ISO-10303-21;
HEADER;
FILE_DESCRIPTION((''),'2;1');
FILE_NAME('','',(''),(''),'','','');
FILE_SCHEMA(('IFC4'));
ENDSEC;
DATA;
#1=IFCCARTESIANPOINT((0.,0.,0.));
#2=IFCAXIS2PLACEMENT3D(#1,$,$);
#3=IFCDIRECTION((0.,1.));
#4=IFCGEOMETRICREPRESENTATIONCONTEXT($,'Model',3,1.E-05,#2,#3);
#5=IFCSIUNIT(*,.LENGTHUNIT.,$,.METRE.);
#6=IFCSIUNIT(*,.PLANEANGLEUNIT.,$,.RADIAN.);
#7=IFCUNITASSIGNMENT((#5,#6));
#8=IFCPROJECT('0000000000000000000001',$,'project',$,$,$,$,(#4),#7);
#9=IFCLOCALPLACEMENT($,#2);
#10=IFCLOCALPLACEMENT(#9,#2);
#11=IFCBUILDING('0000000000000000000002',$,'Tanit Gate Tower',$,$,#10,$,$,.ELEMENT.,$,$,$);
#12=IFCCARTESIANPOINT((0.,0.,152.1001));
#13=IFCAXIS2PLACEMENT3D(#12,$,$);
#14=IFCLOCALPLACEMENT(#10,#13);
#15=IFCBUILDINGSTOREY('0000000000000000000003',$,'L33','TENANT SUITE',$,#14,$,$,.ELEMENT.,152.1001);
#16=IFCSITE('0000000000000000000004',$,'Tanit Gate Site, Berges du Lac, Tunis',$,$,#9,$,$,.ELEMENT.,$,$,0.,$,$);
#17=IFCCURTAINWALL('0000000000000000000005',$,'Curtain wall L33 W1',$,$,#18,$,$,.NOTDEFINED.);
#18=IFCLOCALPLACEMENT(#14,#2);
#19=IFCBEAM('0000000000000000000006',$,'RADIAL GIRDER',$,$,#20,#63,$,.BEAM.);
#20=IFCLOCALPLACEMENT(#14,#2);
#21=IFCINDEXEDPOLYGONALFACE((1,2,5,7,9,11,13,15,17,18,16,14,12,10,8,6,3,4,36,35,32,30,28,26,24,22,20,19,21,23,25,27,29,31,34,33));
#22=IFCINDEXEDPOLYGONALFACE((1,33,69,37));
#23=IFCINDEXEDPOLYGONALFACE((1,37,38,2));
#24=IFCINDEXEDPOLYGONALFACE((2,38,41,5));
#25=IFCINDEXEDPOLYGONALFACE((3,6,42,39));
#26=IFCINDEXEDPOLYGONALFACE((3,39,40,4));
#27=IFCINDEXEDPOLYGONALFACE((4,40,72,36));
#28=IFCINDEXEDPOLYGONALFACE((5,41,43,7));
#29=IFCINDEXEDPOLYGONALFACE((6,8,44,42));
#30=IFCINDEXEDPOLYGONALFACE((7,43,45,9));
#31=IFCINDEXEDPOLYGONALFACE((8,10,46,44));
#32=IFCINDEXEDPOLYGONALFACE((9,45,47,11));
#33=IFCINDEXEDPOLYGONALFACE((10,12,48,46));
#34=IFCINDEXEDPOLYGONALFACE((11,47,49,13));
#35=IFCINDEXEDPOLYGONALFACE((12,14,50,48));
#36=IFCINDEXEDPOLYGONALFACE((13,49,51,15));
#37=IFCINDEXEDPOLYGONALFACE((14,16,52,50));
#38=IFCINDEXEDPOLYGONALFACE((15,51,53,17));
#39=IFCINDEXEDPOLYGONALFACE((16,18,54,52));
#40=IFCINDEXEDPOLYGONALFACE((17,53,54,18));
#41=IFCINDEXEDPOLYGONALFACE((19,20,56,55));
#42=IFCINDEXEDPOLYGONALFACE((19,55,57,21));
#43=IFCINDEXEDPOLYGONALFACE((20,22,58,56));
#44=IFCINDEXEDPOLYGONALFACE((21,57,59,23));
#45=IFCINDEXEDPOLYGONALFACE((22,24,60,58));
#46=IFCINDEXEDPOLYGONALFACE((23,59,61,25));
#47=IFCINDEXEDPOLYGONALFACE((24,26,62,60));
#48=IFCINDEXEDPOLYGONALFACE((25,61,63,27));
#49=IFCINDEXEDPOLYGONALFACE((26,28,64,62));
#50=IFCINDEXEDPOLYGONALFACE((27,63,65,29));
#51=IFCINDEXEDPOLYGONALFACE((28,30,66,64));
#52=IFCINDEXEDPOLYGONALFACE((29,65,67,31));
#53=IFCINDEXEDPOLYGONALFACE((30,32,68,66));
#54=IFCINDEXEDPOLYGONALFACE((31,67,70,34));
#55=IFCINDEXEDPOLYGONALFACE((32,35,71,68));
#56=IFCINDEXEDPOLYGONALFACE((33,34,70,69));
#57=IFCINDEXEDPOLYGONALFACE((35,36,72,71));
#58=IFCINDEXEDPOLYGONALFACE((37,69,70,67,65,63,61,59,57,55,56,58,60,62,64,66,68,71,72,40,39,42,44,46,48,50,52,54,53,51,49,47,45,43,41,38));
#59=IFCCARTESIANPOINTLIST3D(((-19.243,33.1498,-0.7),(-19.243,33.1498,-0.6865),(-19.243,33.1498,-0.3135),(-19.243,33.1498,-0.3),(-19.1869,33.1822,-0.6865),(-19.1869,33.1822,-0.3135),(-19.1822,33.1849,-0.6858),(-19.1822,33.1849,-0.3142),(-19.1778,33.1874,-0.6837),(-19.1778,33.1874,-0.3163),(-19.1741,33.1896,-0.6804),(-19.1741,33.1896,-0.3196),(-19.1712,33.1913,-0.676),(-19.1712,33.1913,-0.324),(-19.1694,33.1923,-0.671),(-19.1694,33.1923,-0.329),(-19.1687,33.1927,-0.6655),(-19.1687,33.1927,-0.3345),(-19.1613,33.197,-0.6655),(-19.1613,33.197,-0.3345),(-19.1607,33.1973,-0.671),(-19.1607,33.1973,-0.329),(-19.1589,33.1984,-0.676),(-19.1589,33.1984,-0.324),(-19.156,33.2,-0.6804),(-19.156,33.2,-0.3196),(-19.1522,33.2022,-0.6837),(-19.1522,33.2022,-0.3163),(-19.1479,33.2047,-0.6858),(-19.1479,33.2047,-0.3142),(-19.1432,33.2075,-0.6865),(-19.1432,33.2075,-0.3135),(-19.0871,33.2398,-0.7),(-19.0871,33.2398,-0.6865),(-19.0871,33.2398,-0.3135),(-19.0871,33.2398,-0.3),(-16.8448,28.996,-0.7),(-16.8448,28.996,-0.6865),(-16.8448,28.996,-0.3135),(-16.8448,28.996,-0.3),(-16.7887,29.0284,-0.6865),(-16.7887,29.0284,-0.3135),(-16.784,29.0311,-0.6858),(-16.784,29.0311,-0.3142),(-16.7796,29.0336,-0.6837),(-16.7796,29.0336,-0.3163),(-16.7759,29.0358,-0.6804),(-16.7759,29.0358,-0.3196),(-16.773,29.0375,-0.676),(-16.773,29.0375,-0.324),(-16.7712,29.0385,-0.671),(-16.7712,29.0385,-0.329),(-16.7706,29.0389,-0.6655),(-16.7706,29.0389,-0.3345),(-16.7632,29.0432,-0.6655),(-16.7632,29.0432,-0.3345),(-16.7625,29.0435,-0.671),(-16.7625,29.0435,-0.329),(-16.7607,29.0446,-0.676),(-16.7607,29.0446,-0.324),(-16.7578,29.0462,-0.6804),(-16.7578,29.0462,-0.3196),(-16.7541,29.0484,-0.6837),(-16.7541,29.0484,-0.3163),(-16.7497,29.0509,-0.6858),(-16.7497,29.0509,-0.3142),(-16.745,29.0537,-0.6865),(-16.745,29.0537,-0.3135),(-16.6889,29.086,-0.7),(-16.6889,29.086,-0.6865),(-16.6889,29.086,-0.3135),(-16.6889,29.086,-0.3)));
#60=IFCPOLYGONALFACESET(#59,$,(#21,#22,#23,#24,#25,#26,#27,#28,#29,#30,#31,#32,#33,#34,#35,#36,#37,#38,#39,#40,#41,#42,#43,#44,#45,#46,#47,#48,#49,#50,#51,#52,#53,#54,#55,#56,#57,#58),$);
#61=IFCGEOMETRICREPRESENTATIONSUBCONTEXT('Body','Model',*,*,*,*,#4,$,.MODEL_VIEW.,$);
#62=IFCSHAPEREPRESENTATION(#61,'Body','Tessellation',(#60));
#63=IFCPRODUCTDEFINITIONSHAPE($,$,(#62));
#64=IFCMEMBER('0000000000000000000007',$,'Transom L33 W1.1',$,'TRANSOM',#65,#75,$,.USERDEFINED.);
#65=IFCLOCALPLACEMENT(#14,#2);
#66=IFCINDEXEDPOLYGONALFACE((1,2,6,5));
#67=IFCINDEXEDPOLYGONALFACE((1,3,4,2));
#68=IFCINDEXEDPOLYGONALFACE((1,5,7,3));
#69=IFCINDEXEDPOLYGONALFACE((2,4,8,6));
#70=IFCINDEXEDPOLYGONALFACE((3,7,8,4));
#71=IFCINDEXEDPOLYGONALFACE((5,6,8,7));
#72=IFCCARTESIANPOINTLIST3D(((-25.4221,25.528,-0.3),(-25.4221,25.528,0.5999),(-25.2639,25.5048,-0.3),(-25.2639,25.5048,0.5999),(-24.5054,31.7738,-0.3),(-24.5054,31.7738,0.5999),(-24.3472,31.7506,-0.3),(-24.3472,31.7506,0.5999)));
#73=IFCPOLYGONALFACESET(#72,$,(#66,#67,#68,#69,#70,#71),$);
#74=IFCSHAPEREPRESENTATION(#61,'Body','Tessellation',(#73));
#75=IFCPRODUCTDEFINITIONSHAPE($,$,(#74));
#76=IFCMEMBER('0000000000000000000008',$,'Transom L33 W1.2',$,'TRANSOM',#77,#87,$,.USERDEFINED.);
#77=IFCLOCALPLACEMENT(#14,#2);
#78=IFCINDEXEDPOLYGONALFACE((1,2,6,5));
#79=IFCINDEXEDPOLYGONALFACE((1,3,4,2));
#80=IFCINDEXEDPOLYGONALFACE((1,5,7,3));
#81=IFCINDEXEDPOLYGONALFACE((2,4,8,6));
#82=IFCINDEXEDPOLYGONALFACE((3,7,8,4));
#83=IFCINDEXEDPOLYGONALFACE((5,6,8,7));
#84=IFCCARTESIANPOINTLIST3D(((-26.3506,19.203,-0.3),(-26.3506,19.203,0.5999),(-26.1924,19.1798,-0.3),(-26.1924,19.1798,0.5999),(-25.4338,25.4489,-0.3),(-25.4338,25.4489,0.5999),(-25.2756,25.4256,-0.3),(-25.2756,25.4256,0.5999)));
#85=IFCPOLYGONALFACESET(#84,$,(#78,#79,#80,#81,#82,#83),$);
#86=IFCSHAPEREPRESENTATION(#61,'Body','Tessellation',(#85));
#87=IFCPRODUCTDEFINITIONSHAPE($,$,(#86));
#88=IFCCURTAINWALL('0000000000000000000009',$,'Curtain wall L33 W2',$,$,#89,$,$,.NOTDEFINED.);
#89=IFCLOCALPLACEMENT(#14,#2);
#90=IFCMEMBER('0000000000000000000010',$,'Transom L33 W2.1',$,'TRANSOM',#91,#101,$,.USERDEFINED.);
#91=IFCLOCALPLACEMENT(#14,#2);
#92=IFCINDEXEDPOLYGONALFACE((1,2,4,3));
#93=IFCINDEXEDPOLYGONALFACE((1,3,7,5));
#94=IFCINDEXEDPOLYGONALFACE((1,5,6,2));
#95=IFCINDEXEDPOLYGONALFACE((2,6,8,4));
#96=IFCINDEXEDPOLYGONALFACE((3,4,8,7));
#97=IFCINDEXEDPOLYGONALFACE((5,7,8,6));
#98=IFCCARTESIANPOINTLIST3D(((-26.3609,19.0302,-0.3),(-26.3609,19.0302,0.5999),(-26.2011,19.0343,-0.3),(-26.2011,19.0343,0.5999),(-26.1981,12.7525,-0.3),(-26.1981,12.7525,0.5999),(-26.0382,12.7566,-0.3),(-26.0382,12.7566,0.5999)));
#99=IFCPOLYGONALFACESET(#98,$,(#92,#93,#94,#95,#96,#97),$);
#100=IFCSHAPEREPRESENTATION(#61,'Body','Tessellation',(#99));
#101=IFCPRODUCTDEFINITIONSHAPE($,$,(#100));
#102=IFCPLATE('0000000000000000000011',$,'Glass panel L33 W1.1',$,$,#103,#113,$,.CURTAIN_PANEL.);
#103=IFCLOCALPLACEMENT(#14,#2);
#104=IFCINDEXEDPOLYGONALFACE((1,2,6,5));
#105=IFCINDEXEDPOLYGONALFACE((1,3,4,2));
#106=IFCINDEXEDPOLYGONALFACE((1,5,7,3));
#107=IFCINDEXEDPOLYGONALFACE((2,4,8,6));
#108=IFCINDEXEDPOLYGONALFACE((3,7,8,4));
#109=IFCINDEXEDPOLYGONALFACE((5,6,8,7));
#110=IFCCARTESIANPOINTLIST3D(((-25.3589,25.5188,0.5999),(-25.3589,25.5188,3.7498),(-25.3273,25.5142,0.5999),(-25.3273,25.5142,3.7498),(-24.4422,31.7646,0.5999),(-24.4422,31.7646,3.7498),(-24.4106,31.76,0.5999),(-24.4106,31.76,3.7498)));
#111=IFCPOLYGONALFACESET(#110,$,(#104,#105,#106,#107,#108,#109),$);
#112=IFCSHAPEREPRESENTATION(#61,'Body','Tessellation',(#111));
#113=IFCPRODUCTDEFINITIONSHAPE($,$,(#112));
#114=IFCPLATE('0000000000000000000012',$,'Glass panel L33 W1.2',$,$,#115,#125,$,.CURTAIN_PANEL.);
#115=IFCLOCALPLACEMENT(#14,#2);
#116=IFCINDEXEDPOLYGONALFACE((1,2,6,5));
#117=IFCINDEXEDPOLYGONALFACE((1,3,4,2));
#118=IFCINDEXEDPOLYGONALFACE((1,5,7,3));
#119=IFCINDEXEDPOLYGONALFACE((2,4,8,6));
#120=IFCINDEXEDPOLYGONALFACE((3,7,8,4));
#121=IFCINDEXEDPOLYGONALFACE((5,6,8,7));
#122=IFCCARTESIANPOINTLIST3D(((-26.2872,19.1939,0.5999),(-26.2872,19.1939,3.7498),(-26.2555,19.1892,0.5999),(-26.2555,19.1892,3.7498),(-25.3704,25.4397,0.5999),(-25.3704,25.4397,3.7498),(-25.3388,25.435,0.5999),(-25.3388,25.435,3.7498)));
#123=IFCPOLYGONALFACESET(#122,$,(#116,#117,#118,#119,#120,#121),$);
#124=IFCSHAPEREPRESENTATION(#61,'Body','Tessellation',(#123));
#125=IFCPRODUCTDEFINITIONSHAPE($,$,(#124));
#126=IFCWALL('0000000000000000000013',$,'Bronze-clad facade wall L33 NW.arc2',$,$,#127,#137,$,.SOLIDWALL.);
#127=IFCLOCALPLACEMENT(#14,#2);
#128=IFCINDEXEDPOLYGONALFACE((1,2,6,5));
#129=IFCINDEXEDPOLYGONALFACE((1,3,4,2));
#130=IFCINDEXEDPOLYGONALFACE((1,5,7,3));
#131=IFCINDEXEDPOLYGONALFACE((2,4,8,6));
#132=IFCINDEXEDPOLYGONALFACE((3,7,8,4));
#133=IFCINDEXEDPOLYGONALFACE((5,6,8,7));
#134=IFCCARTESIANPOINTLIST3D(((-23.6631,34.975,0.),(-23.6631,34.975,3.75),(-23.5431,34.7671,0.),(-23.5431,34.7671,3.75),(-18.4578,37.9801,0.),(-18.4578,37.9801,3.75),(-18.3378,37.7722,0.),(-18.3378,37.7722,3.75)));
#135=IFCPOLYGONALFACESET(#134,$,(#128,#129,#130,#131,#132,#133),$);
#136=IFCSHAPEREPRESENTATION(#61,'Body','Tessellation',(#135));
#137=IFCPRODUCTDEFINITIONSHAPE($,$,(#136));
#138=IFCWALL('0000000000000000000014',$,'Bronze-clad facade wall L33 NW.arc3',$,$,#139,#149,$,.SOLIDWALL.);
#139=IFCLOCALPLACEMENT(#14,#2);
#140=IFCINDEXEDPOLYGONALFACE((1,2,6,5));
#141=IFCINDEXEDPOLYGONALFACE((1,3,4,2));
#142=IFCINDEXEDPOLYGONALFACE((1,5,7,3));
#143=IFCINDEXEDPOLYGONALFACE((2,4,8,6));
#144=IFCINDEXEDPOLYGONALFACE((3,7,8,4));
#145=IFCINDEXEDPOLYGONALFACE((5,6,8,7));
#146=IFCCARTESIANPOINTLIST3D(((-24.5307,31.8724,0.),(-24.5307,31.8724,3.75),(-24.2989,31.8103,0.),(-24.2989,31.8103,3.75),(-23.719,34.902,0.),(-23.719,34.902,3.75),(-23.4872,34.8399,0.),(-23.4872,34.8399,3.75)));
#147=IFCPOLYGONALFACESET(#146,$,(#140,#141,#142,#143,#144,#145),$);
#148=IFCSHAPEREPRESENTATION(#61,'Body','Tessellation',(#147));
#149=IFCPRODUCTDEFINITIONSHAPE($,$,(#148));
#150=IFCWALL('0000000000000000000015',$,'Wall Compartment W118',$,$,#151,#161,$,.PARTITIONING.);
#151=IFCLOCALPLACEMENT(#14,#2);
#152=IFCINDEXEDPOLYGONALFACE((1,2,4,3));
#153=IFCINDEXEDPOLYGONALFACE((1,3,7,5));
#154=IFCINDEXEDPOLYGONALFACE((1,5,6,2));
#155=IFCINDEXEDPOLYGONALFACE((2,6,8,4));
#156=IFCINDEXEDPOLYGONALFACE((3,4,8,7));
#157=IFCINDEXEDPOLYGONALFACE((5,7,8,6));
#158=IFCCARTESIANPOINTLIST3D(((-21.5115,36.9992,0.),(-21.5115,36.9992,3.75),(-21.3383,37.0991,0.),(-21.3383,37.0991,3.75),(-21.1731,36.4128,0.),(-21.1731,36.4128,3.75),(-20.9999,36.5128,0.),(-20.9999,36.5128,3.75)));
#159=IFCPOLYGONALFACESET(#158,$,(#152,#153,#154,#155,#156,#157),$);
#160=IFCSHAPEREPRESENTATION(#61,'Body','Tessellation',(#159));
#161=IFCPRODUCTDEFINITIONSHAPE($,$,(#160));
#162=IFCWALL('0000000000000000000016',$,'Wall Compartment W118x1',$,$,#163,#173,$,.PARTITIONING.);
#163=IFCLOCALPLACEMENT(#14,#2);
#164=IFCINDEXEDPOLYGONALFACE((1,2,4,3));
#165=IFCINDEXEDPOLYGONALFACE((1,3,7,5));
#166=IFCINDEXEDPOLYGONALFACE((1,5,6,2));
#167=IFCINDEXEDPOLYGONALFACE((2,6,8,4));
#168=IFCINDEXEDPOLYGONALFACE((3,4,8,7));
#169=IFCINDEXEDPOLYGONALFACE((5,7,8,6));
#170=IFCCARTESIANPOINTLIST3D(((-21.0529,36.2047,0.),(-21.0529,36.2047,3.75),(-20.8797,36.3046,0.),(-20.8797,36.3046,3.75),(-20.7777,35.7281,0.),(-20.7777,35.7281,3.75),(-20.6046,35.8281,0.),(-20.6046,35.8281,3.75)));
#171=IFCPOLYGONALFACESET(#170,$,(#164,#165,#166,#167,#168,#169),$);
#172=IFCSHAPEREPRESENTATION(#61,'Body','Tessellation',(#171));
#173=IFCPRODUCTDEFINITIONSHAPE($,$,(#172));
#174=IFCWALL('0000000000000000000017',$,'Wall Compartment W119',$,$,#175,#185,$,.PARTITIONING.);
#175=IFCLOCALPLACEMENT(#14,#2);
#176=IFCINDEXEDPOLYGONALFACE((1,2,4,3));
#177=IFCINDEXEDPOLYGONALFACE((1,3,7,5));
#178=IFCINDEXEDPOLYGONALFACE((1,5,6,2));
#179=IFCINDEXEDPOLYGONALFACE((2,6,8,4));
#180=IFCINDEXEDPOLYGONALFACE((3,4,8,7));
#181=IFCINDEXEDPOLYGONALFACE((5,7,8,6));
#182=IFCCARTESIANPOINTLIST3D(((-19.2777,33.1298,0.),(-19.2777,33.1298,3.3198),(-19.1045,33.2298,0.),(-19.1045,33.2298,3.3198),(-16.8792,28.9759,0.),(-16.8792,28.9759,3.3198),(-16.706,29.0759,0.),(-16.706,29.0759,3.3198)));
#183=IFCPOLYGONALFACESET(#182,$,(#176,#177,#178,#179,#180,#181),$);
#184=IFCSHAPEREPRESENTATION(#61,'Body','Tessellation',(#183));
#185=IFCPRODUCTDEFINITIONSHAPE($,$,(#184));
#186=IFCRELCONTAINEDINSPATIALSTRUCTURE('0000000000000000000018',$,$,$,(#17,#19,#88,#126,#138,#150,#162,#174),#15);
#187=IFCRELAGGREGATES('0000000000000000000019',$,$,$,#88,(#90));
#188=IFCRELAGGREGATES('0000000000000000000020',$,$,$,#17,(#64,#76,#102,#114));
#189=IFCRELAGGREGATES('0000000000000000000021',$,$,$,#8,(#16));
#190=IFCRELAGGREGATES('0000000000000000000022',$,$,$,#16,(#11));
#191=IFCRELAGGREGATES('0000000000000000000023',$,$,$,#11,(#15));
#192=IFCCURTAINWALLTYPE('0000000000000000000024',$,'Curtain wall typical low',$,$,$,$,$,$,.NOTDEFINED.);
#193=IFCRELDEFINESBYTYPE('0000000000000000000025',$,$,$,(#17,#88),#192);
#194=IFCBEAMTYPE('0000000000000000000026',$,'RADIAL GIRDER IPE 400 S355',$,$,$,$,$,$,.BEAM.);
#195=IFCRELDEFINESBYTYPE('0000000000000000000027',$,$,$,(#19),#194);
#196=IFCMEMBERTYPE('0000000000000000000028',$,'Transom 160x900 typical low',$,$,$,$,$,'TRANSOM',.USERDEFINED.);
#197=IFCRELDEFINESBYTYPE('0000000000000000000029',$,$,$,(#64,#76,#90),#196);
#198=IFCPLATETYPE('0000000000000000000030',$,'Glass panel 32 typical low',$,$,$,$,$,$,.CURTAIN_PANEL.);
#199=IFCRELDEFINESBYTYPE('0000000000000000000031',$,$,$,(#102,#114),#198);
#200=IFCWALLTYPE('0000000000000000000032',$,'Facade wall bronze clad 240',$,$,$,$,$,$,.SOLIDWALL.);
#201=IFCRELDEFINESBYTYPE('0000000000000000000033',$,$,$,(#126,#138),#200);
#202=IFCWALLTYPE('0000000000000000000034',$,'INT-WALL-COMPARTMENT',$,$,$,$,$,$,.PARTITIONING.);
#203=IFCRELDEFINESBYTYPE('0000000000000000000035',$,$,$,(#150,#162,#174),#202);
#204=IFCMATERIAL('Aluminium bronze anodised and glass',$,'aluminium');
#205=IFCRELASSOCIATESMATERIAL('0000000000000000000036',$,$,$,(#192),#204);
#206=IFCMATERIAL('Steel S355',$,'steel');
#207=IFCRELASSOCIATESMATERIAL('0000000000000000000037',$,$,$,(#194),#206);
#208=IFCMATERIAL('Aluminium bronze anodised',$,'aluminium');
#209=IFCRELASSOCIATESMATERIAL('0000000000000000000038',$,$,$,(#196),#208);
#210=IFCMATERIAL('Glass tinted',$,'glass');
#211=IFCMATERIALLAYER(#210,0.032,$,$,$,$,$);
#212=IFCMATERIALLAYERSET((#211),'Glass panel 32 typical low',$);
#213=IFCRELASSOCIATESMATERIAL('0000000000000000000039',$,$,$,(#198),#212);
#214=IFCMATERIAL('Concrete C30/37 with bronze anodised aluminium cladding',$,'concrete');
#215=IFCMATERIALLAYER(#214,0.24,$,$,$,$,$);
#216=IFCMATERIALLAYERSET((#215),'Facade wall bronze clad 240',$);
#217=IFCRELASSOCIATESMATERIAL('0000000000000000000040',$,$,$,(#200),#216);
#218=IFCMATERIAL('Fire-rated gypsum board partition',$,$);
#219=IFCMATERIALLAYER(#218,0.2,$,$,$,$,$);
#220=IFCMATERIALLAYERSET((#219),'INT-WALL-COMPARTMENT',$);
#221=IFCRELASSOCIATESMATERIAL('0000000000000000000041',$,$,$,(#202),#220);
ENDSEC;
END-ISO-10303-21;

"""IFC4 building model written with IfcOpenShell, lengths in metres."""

from ifc_helpers import new_model, si_unit, direction, frame, frame_2d, origin, origin_2d, place, context, subcontext, project, spatial, rectangle, i_section, extrude, material, layer, layer_set, material_profile, profile_set, type_object, element, aggregate, save


model = new_model("IFC4")

# Units and contexts
model_context = context("Model", 3, precision=1e-05, world=origin(), true_north=direction((0.0, 1.0)))
body_context = subcontext(model_context, "Body", "Model", "MODEL_VIEW")
ifc_project = project(units=[si_unit("LENGTHUNIT", "METRE"), si_unit("PLANEANGLEUNIT", "RADIAN")], contexts=[model_context])

# Site, building, storey
site_placement = place(None, origin())
site = spatial("IfcSite", under=ifc_project, at=site_placement, Name="Tanit Gate Site, Berges du Lac, Tunis", CompositionType="ELEMENT", RefElevation=0.0)
building_placement = place(site_placement, origin())
building = spatial("IfcBuilding", under=site, at=building_placement, Name="Tanit Gate Tower", CompositionType="ELEMENT")
storey_placement = place(building_placement, frame((0.0, 0.0, 152.1001)))
storey = spatial("IfcBuildingStorey", under=building, at=storey_placement, Name="L33", Description="TENANT SUITE", CompositionType="ELEMENT", Elevation=152.1001)

# Curtain wall
ifc_material_1 = material(Name="Aluminium bronze anodised and glass", Category="aluminium")
curtain_wall_type = type_object("IfcCurtainWallType", Name="Curtain wall typical low", PredefinedType="NOTDEFINED", material=ifc_material_1)
curtain_wall_1_placement = place(storey_placement, origin())
curtain_wall_1 = element("IfcCurtainWall", 1, at=curtain_wall_1_placement, inside=storey, type_object=curtain_wall_type, Name="Curtain wall L33 W1", PredefinedType="NOTDEFINED")

# Beam
ifc_material_2 = material(Name="Steel S355", Category="steel")
ifc_material_profile_1 = material_profile(ifc_material_2, i_section(OverallWidth=0.1799, OverallDepth=0.3999, WebThickness=0.0085, FlangeThickness=0.0134, FilletRadius=0.021, at=origin_2d()), Name="IPE 400")
ifc_profile_set_1 = profile_set([ifc_material_profile_1], Name="Steel S355")
beam_type_1 = type_object("IfcBeamType", Name="RADIAL GIRDER IPE 400 S355", PredefinedType="BEAM", material=ifc_profile_set_1)
beam_1_placement = place(storey_placement, frame((-19.165, 33.1948, -0.5), z_axis=(0.499999, -0.866026, 0.0), x_axis=(0.866026, 0.499999, 0.0)))
element("IfcBeam", 2, at=beam_1_placement, inside=storey, type_object=beam_type_1, Name="RADIAL GIRDER", PredefinedType="BEAM", context=body_context, shape_type="SweptSolid", body=[
    extrude(i_section(OverallWidth=0.1799, OverallDepth=0.3999, WebThickness=0.0085, FlangeThickness=0.0134, FilletRadius=0.021, at=origin_2d()), origin(), (0.0, 0.0, 1.0), 4.7964),
])

# Members
ifc_material_3 = material(Name="Aluminium bronze anodised", Category="aluminium")
ifc_material_profile_2 = material_profile(ifc_material_3, rectangle(XDim=0.1599, YDim=0.8999, at=origin_2d()), Name="160x900 bronze transom")
ifc_profile_set_2 = profile_set([ifc_material_profile_2], Name="Aluminium bronze anodised")
member_type_1 = type_object("IfcMemberType", Name="Transom 160x900 typical low", ElementType="TRANSOM", PredefinedType="USERDEFINED", material=ifc_profile_set_2)
member_1_placement = place(storey_placement, frame((-24.4263, 31.7622, 0.1499), z_axis=(-0.145221, -0.989399, 0.0), x_axis=(0.989399, -0.145221, 0.0)))
member_1 = element("IfcMember", 3, at=member_1_placement, type_object=member_type_1, Name="Transom L33 W1.1", ObjectType="TRANSOM", PredefinedType="USERDEFINED", context=body_context, shape_type="SweptSolid", body=[
    extrude(rectangle(XDim=0.1599, YDim=0.8999, at=origin_2d()), origin(), (0.0, 0.0, 1.0), 6.3127),
])
member_2_placement = place(storey_placement, frame((-25.3547, 25.4373, 0.1499), z_axis=(-0.145221, -0.989399, 0.0), x_axis=(0.989399, -0.145221, 0.0)))
member_2 = element("IfcMember", 4, at=member_2_placement, type_object=member_type_1, Name="Transom L33 W1.2", ObjectType="TRANSOM", PredefinedType="USERDEFINED", context=body_context, shape_type="SweptSolid", body=[
    extrude(rectangle(XDim=0.1599, YDim=0.8999, at=origin_2d()), origin(), (0.0, 0.0, 1.0), 6.3127),
])

# Curtain wall, member
curtain_wall_2_placement = place(storey_placement, origin())
curtain_wall_2 = element("IfcCurtainWall", 5, at=curtain_wall_2_placement, inside=storey, type_object=curtain_wall_type, Name="Curtain wall L33 W2", PredefinedType="NOTDEFINED")
member_3_placement = place(storey_placement, frame((-26.281, 19.0322, 0.1499), z_axis=(0.025931, -0.999664, 0.0), x_axis=(0.999664, 0.025931, 0.0)))
member_3 = element("IfcMember", 6, at=member_3_placement, type_object=member_type_1, Name="Transom L33 W2.1", ObjectType="TRANSOM", PredefinedType="USERDEFINED", context=body_context, shape_type="SweptSolid", body=[
    extrude(rectangle(XDim=0.1599, YDim=0.8999, at=origin_2d()), origin(), (0.0, 0.0, 1.0), 6.2798),
])
aggregate(curtain_wall_2, [member_3])

# Plates
ifc_material_4 = material(Name="Glass tinted", Category="glass")
ifc_layer_1 = layer(ifc_material_4, 0.032)
ifc_layer_set_1 = layer_set([ifc_layer_1], Name="Glass panel 32 typical low")
plate_type = type_object("IfcPlateType", Name="Glass panel 32 typical low", PredefinedType="CURTAIN_PANEL", material=ifc_layer_set_1)
plate_1_placement = place(storey_placement, frame((-24.8848, 28.6394, 0.5999), z_axis=(0.0, 0.0, 1.0), x_axis=(-0.145218, -0.9894, 0.0)))
plate_1 = element("IfcPlate", 7, at=plate_1_placement, type_object=plate_type, Name="Glass panel L33 W1.1", PredefinedType="CURTAIN_PANEL", context=body_context, shape_type="SweptSolid", body=[
    extrude(rectangle(XDim=6.3127, YDim=0.032, at=origin_2d()), origin(), (0.0, 0.0, 1.0), 3.1499),
])
plate_2_placement = place(storey_placement, frame((-25.813, 22.3145, 0.5999), z_axis=(0.0, 0.0, 1.0), x_axis=(-0.145218, -0.9894, 0.0)))
plate_2 = element("IfcPlate", 8, at=plate_2_placement, type_object=plate_type, Name="Glass panel L33 W1.2", PredefinedType="CURTAIN_PANEL", context=body_context, shape_type="SweptSolid", body=[
    extrude(rectangle(XDim=6.3127, YDim=0.032, at=origin_2d()), origin(), (0.0, 0.0, 1.0), 3.1499),
])
aggregate(curtain_wall_1, [member_1, member_2, plate_1, plate_2])

# Walls
ifc_material_5 = material(Name="Concrete C30/37 with bronze anodised aluminium cladding", Category="concrete")
ifc_layer_2 = layer(ifc_material_5, 0.24)
ifc_layer_set_2 = layer_set([ifc_layer_2], Name="Facade wall bronze clad 240")
wall_type_1 = type_object("IfcWallType", Name="Facade wall bronze clad 240", PredefinedType="SOLIDWALL", material=ifc_layer_set_2)
wall_1_placement = place(storey_placement, frame((-18.3977, 37.8762, 0.0), z_axis=(0.0, 0.0, 1.0), x_axis=(-0.866037, -0.499979, 0.0)))
element("IfcWall", 9, at=wall_1_placement, inside=storey, type_object=wall_type_1, Name="Bronze-clad facade wall L33 NW.arc2", PredefinedType="SOLIDWALL", context=body_context, shape_type="SweptSolid", body=[
    extrude(rectangle(XDim=6.0105, YDim=0.24, at=frame_2d((3.0054, 0.0))), origin(), (0.0, 0.0, 1.0), 3.75),
])
wall_2_placement = place(storey_placement, frame((-23.603, 34.8711, 0.0), z_axis=(0.0, 0.0, 1.0), x_axis=(-0.25882, -0.965925, 0.0)))
element("IfcWall", 10, at=wall_2_placement, inside=storey, type_object=wall_type_1, Name="Bronze-clad facade wall L33 NW.arc3", PredefinedType="SOLIDWALL", context=body_context, shape_type="SweptSolid", body=[
    extrude(rectangle(XDim=3.1365, YDim=0.24, at=frame_2d((1.5684, 0.0))), origin(), (0.0, 0.0, 1.0), 3.75),
])
ifc_material_6 = material(Name="Fire-rated gypsum board partition")
ifc_layer_3 = layer(ifc_material_6, 0.2)
ifc_layer_set_3 = layer_set([ifc_layer_3], Name="INT-WALL-COMPARTMENT")
wall_type_2 = type_object("IfcWallType", Name="INT-WALL-COMPARTMENT", PredefinedType="PARTITIONING", material=ifc_layer_set_3)
wall_3_placement = place(storey_placement, frame((-21.4248, 37.0491, 0.0), z_axis=(0.0, 0.0, 1.0), x_axis=(0.499785, -0.86615, 0.0)))
element("IfcWall", 11, at=wall_3_placement, inside=storey, type_object=wall_type_2, Name="Wall Compartment W118", PredefinedType="PARTITIONING", context=body_context, shape_type="SweptSolid", body=[
    extrude(rectangle(XDim=0.677, YDim=0.2, at=frame_2d((0.3384, 0.0))), origin(), (0.0, 0.0, 1.0), 3.75),
])
wall_4_placement = place(storey_placement, frame((-20.9663, 36.2546, 0.0), z_axis=(0.0, 0.0, 1.0), x_axis=(0.500004, -0.866023, 0.0)))
element("IfcWall", 12, at=wall_4_placement, inside=storey, type_object=wall_type_2, Name="Wall Compartment W118x1", PredefinedType="PARTITIONING", context=body_context, shape_type="SweptSolid", body=[
    extrude(rectangle(XDim=0.5503, YDim=0.2, at=frame_2d((0.2751, 0.0))), origin(), (0.0, 0.0, 1.0), 3.75),
])
wall_5_placement = place(storey_placement, frame((-19.1912, 33.1799, 0.0), z_axis=(0.0, 0.0, 1.0), x_axis=(0.500037, -0.866004, 0.0)))
element("IfcWall", 13, at=wall_5_placement, inside=storey, type_object=wall_type_2, Name="Wall Compartment W119", PredefinedType="PARTITIONING", context=body_context, shape_type="SweptSolid", body=[
    extrude(rectangle(XDim=4.7966, YDim=0.2, at=frame_2d((2.3984, 0.0))), origin(), (0.0, 0.0, 1.0), 3.3198),
])

save(model, "model.ifc")
